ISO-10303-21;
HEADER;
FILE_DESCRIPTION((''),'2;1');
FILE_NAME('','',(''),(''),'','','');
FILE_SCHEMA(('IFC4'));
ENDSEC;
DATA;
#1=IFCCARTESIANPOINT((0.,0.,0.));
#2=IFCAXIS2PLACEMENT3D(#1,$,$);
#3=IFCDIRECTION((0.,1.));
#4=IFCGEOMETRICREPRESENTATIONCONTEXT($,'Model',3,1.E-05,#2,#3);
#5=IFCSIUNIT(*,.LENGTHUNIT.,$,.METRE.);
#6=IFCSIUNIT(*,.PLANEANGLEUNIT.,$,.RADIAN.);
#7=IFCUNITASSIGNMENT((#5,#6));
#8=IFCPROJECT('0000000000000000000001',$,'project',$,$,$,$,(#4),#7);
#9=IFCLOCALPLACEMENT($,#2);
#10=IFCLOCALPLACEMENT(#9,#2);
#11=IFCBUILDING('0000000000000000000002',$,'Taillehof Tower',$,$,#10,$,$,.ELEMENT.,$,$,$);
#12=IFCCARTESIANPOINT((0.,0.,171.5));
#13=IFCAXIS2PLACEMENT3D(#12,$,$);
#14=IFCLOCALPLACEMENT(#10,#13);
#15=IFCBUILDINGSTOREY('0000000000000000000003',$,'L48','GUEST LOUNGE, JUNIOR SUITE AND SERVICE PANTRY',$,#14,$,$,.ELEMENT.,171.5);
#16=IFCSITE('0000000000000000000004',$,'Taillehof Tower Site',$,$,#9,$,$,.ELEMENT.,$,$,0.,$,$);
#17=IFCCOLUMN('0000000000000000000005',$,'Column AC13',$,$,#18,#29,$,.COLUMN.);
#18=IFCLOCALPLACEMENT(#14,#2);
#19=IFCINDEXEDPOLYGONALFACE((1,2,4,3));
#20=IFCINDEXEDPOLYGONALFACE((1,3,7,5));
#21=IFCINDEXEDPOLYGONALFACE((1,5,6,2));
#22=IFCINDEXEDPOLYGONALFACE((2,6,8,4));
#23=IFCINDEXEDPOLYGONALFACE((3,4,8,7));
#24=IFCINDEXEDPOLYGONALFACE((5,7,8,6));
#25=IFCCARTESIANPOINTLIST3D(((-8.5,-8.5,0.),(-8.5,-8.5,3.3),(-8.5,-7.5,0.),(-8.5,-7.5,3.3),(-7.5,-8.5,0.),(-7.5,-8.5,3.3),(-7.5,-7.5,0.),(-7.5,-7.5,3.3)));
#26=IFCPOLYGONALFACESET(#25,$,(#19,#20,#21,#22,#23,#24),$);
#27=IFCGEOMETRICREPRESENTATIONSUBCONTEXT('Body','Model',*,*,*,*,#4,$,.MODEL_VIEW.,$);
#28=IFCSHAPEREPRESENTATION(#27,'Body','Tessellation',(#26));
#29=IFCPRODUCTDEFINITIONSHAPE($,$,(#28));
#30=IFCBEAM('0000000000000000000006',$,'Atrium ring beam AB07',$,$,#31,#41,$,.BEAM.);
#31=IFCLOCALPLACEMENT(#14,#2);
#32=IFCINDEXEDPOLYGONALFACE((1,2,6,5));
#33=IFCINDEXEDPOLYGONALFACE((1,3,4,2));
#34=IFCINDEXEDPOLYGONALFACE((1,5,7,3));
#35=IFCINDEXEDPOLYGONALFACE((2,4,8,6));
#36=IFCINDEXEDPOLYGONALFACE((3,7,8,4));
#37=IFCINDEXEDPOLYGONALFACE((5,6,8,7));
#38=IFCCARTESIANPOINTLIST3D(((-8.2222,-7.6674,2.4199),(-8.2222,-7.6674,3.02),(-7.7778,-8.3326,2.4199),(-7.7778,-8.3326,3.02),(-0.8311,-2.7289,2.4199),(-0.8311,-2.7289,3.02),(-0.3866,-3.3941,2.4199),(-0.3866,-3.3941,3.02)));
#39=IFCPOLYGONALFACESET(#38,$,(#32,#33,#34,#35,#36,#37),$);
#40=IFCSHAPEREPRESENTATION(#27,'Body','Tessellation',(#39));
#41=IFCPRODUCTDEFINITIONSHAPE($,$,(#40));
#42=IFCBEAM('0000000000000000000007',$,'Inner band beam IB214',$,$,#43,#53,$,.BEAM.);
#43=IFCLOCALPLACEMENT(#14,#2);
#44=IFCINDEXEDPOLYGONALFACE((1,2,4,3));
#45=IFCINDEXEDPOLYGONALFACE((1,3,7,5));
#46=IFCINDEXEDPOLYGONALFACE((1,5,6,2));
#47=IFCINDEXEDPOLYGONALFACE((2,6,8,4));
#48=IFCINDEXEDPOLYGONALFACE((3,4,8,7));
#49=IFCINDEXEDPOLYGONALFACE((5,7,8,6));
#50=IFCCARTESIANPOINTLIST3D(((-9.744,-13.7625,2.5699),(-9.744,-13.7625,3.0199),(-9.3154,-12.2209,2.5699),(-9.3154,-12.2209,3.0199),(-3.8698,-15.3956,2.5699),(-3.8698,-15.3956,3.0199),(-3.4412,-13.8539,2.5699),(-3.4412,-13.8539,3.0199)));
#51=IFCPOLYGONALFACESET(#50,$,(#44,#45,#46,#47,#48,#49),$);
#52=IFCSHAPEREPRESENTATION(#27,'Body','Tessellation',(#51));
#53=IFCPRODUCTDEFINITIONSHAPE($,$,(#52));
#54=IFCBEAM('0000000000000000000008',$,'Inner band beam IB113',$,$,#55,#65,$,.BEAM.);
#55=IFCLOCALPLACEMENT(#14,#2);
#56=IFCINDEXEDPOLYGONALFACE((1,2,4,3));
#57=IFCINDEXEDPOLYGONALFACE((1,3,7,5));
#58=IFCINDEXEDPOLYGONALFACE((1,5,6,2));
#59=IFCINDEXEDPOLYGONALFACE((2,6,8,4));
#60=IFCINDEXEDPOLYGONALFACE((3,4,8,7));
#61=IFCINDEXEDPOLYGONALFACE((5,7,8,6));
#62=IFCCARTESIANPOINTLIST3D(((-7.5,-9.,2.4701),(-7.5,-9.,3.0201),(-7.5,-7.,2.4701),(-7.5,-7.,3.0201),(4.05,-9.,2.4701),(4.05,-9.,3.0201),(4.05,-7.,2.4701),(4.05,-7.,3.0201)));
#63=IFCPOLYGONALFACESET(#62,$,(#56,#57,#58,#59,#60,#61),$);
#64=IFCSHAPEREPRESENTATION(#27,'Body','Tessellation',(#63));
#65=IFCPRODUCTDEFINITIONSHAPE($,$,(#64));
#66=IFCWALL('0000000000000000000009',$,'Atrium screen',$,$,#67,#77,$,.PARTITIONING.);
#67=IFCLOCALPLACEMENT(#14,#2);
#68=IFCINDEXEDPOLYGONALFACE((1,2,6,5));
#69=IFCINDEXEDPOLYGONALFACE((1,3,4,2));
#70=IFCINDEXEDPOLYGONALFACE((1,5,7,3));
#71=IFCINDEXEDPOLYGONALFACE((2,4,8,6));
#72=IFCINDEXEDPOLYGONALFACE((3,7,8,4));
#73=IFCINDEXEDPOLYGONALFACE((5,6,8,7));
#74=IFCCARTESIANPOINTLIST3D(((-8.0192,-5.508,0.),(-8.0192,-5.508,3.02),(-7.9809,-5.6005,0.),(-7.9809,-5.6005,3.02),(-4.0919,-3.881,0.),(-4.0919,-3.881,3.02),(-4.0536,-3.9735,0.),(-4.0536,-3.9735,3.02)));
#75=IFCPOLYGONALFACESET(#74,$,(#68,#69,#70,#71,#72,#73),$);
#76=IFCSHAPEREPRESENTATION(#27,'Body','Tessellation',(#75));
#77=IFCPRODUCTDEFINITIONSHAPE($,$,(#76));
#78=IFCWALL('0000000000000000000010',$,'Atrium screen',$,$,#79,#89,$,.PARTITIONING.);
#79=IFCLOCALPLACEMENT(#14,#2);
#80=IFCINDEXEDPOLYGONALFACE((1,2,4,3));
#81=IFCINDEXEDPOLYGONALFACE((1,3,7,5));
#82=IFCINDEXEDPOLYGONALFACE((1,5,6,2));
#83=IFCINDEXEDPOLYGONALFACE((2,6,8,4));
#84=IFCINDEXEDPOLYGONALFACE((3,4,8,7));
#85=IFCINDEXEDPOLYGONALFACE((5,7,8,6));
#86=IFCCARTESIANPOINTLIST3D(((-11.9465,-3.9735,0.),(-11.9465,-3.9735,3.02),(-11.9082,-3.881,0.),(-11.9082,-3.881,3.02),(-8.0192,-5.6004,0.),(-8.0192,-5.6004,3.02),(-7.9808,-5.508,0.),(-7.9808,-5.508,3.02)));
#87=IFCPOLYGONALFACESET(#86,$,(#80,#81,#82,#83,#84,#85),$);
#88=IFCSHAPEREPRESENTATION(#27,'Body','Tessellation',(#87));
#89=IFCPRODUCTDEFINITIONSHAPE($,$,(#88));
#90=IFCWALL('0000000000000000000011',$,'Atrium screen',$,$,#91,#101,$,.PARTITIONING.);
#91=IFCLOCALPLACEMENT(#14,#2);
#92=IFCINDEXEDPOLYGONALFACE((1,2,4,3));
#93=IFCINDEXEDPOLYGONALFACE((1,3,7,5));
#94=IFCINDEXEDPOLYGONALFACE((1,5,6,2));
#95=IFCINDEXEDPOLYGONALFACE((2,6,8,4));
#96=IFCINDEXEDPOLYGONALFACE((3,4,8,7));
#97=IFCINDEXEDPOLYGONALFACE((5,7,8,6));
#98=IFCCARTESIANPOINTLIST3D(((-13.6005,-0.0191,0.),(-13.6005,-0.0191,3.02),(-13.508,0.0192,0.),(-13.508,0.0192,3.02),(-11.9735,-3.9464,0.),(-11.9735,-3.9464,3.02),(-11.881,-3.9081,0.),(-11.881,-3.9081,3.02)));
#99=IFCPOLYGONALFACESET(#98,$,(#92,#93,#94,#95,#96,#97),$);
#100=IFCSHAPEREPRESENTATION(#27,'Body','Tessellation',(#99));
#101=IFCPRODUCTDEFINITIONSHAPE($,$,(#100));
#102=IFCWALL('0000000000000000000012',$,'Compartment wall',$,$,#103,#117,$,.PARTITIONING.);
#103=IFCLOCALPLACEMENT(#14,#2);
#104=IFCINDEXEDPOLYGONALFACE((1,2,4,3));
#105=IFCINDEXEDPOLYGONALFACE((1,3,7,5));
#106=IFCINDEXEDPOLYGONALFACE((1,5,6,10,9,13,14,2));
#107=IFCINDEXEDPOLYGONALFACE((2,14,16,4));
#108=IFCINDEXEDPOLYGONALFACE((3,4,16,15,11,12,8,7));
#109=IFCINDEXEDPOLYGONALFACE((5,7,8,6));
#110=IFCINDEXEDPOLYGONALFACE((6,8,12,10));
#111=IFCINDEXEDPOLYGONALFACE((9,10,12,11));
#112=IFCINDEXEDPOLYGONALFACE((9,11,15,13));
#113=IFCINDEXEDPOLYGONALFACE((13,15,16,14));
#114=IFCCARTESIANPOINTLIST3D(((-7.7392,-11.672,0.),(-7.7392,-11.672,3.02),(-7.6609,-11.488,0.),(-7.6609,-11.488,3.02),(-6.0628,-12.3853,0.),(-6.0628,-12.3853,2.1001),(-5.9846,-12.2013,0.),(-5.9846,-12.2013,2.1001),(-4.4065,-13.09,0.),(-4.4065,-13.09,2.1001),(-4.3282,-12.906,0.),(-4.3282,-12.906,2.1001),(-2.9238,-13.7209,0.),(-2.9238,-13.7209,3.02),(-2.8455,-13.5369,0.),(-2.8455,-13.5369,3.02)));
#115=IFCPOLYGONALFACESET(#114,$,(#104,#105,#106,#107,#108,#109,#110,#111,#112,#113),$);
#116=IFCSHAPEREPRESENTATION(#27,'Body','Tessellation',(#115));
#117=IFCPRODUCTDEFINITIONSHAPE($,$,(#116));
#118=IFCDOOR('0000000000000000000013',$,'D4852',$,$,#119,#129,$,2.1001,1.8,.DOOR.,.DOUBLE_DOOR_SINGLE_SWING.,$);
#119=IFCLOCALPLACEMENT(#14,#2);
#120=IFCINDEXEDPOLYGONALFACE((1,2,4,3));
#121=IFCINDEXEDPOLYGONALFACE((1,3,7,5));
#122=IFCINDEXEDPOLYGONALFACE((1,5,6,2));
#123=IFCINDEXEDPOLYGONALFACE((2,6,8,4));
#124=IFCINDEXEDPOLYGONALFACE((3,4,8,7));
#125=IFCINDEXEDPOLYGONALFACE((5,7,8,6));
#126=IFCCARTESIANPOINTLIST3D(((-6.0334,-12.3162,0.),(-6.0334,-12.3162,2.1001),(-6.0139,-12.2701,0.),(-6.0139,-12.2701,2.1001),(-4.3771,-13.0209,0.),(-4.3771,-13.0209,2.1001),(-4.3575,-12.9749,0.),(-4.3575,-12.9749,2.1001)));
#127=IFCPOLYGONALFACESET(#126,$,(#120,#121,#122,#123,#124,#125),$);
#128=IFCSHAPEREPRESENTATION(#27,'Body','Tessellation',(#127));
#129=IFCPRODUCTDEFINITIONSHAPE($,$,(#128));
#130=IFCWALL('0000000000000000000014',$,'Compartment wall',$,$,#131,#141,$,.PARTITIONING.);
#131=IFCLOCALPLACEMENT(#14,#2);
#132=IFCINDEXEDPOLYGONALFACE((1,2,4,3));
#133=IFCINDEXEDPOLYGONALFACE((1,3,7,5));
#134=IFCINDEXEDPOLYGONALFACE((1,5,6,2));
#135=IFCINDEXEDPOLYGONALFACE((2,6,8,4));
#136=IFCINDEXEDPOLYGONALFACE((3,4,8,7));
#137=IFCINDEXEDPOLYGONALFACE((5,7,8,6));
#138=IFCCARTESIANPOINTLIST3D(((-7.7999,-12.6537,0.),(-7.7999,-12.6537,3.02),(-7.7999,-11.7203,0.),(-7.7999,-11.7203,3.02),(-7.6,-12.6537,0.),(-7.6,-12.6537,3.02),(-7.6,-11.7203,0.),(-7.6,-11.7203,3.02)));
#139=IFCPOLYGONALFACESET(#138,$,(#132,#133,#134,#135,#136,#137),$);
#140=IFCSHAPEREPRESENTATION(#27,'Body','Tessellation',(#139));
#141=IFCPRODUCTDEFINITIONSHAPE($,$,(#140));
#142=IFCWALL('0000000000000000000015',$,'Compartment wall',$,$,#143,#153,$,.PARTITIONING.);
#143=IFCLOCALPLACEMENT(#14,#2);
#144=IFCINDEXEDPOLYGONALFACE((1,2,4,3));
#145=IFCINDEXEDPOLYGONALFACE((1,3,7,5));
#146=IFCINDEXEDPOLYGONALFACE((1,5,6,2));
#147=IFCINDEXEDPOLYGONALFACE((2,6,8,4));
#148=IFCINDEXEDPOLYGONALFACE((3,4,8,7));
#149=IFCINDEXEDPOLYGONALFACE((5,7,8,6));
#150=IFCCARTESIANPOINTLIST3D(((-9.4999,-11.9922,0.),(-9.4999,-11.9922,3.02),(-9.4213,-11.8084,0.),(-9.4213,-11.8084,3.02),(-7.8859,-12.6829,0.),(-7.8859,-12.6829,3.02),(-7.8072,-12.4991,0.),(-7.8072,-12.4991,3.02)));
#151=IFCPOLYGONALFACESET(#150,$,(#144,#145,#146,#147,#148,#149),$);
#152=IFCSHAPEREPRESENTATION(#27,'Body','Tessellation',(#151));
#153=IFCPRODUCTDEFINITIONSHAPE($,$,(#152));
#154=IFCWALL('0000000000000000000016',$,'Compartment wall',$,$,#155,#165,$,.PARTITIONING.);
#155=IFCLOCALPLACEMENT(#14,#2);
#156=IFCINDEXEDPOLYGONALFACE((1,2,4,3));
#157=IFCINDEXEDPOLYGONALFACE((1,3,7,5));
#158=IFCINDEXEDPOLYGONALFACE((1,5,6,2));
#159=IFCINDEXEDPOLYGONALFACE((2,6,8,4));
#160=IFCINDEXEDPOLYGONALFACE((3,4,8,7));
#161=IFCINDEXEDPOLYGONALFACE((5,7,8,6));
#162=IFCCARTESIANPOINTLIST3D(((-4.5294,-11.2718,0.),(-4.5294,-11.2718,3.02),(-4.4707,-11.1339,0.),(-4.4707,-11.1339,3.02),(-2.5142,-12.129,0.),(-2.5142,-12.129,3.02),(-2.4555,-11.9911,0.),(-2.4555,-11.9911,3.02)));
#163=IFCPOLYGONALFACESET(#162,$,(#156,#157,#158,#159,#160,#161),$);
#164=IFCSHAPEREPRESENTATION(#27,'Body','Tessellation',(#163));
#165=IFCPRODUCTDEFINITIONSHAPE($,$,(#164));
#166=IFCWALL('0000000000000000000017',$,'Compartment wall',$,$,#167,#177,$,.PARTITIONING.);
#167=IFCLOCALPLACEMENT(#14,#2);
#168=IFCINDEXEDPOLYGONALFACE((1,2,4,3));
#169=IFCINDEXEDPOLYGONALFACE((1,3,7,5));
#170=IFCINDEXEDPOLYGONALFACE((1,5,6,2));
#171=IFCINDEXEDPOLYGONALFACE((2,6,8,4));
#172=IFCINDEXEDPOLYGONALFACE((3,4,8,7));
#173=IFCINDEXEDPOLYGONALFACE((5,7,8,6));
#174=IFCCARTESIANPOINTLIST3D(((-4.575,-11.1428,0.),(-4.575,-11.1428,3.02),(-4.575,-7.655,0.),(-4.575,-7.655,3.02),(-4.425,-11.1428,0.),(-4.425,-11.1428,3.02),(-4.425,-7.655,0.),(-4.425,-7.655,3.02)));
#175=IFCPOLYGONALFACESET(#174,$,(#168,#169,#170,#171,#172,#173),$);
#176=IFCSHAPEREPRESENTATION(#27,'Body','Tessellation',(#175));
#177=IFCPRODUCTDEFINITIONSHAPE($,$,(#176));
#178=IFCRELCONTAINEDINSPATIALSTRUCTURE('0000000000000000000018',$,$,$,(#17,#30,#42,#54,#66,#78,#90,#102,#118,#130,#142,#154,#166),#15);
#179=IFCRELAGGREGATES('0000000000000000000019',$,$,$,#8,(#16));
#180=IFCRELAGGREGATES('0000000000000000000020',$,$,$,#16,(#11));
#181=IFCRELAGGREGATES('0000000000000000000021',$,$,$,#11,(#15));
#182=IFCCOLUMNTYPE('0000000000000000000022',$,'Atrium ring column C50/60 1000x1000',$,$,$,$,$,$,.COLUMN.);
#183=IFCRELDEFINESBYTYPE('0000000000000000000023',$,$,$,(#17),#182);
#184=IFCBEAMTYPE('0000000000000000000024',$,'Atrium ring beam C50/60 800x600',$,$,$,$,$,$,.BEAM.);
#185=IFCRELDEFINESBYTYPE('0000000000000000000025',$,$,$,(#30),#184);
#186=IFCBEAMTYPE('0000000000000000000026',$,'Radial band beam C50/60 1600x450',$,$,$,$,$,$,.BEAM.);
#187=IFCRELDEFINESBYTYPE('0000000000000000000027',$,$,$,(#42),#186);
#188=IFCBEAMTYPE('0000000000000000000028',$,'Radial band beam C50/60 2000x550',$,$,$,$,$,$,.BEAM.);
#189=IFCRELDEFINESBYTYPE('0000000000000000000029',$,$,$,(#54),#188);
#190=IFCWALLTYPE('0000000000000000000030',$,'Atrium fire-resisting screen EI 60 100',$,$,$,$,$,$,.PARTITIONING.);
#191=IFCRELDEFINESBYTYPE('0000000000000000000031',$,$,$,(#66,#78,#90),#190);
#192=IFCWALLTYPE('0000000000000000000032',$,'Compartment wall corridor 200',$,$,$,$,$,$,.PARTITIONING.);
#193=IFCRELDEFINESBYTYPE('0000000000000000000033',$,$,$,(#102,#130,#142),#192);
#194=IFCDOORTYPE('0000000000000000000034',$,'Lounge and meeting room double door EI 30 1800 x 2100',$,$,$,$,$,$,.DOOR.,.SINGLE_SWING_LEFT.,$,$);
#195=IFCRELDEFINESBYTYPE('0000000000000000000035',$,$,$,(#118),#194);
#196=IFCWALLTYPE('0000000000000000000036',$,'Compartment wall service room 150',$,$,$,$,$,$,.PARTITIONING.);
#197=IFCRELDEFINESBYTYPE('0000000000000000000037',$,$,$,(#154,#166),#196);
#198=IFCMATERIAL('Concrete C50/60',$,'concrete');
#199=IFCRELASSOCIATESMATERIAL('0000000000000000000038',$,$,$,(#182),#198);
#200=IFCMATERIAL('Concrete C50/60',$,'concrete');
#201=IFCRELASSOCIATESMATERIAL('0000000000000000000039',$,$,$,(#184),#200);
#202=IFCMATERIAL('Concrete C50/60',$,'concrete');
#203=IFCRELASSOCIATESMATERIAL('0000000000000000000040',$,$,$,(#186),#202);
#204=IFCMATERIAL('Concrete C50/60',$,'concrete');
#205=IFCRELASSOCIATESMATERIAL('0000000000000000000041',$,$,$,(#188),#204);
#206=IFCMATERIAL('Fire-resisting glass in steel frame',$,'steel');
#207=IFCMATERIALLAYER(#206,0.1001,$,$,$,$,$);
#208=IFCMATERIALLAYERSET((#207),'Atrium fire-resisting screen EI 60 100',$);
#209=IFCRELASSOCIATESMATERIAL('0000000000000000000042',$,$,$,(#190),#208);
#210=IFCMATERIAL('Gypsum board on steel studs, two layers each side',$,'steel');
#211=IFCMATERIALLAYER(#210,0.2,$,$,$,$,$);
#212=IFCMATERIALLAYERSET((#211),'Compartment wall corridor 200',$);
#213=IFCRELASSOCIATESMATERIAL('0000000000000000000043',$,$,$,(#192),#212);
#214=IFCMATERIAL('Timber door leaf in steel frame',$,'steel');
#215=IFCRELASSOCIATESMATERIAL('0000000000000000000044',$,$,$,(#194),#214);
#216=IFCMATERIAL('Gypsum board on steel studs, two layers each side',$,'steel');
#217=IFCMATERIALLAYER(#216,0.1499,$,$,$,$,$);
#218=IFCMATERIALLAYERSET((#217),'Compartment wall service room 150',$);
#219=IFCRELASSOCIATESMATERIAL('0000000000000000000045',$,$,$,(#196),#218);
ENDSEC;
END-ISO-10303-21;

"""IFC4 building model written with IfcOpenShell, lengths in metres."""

from ifc_helpers import new_model, si_unit, direction, frame, frame_2d, origin, origin_2d, place, context, subcontext, project, spatial, rectangle, extrude, material, layer, layer_set, material_profile, profile_set, type_object, element, fill, save


model = new_model("IFC4")

# Units and contexts
model_context = context("Model", 3, precision=1e-05, world=origin(), true_north=direction((0.0, 1.0)))
body_context = subcontext(model_context, "Body", "Model", "MODEL_VIEW")
ifc_project = project(units=[si_unit("LENGTHUNIT", "METRE"), si_unit("PLANEANGLEUNIT", "RADIAN")], contexts=[model_context])

# Site, building, storey
site_placement = place(None, origin())
site = spatial("IfcSite", under=ifc_project, at=site_placement, Name="Taillehof Tower Site", CompositionType="ELEMENT", RefElevation=0.0)
building_placement = place(site_placement, origin())
building = spatial("IfcBuilding", under=site, at=building_placement, Name="Taillehof Tower", CompositionType="ELEMENT")
storey_placement = place(building_placement, frame((0.0, 0.0, 171.5)))
storey = spatial("IfcBuildingStorey", under=building, at=storey_placement, Name="L48", Description="GUEST LOUNGE, JUNIOR SUITE AND SERVICE PANTRY", CompositionType="ELEMENT", Elevation=171.5)

# Column
ifc_material_1 = material(Name="Concrete C50/60", Category="concrete")
ifc_material_profile_1 = material_profile(ifc_material_1, rectangle(XDim=1.0, YDim=1.0, at=origin_2d()), Name="RC 1000x1000")
ifc_profile_set_1 = profile_set([ifc_material_profile_1], Name="Concrete C50/60")
column_type = type_object("IfcColumnType", Name="Atrium ring column C50/60 1000x1000", PredefinedType="COLUMN", material=ifc_profile_set_1)
column_placement = place(storey_placement, frame((-8.0, -8.0, 0.0), z_axis=(0.0, 0.0, 1.0), x_axis=(1.0, 0.0, 0.0)))
element("IfcColumn", 1, at=column_placement, inside=storey, type_object=column_type, Name="Column AC13", PredefinedType="COLUMN", context=body_context, shape_type="SweptSolid", body=[
    extrude(rectangle(XDim=1.0, YDim=1.0, at=origin_2d()), origin(), (0.0, 0.0, 1.0), 3.3),
])

# Beams
ifc_material_2 = material(Name="Concrete C50/60", Category="concrete")
ifc_material_profile_2 = material_profile(ifc_material_2, rectangle(XDim=0.8, YDim=0.6001, at=origin_2d()), Name="RC 800x600")
ifc_profile_set_2 = profile_set([ifc_material_profile_2], Name="Concrete C50/60")
beam_type_1 = type_object("IfcBeamType", Name="Atrium ring beam C50/60 800x600", PredefinedType="BEAM", material=ifc_profile_set_2)
beam_1_placement = place(storey_placement, frame((-8.0, -8.0, 2.72), z_axis=(0.831475, 0.555562, 0.0), x_axis=(-0.555562, 0.831475, 0.0)))
element("IfcBeam", 2, at=beam_1_placement, inside=storey, type_object=beam_type_1, Name="Atrium ring beam AB07", PredefinedType="BEAM", context=body_context, shape_type="SweptSolid", body=[
    extrude(rectangle(XDim=0.8, YDim=0.6001, at=origin_2d()), origin(), (0.0, 0.0, 1.0), 8.8892),
])
ifc_material_3 = material(Name="Concrete C50/60", Category="concrete")
ifc_material_profile_3 = material_profile(ifc_material_3, rectangle(XDim=1.6001, YDim=0.45, at=origin_2d()), Name="RC 1600x450")
ifc_profile_set_3 = profile_set([ifc_material_profile_3], Name="Concrete C50/60")
beam_type_2 = type_object("IfcBeamType", Name="Radial band beam C50/60 1600x450", PredefinedType="BEAM", material=ifc_profile_set_3)
beam_2_placement = place(storey_placement, frame((-3.6555, -14.6248, 2.7949), z_axis=(-0.963459, 0.267855, 0.0), x_axis=(-0.267855, -0.963459, 0.0)))
element("IfcBeam", 3, at=beam_2_placement, inside=storey, type_object=beam_type_2, Name="Inner band beam IB214", PredefinedType="BEAM", context=body_context, shape_type="SweptSolid", body=[
    extrude(rectangle(XDim=1.6001, YDim=0.45, at=origin_2d()), origin(), (0.0, 0.0, 1.0), 6.0969),
])
ifc_material_4 = material(Name="Concrete C50/60", Category="concrete")
ifc_material_profile_4 = material_profile(ifc_material_4, rectangle(XDim=2.0, YDim=0.55, at=origin_2d()), Name="RC 2000x550")
ifc_profile_set_4 = profile_set([ifc_material_profile_4], Name="Concrete C50/60")
beam_type_3 = type_object("IfcBeamType", Name="Radial band beam C50/60 2000x550", PredefinedType="BEAM", material=ifc_profile_set_4)
beam_3_placement = place(storey_placement, frame((-7.5, -8.0, 2.7451), z_axis=(1.0, 0.0, 0.0), x_axis=(0.0, 1.0, 0.0)))
element("IfcBeam", 4, at=beam_3_placement, inside=storey, type_object=beam_type_3, Name="Inner band beam IB113", PredefinedType="BEAM", context=body_context, shape_type="SweptSolid", body=[
    extrude(rectangle(XDim=2.0, YDim=0.55, at=origin_2d()), origin(), (0.0, 0.0, 1.0), 11.55),
])

# Walls
ifc_material_5 = material(Name="Fire-resisting glass in steel frame", Category="steel")
ifc_layer_1 = layer(ifc_material_5, 0.1001)
ifc_layer_set_1 = layer_set([ifc_layer_1], Name="Atrium fire-resisting screen EI 60 100")
wall_type_1 = type_object("IfcWallType", Name="Atrium fire-resisting screen EI 60 100", PredefinedType="PARTITIONING", material=ifc_layer_set_1)
for number, where, z_axis, x_axis, name in (
    (5, (-4.0728, -3.9272, 0.0), (0.0, 0.0, 1.0), (-0.92386, -0.382731, 0.0), "Atrium screen"),
    (6, (-8.0, -5.5542, 0.0), (0.0, 0.0, 1.0), (-0.92386, 0.382731, 0.0), "Atrium screen"),
    (7, (-11.9272, -3.9272, 0.0), (0.0, 0.0, 1.0), (-0.382731, 0.92386, 0.0), "Atrium screen"),
):
    element("IfcWall", number, at=place(storey_placement, frame(where, z_axis=z_axis, x_axis=x_axis)), inside=storey, type_object=wall_type_1, Name=name, PredefinedType="PARTITIONING", context=body_context, shape_type="SweptSolid", body=[
        extrude(rectangle(XDim=4.251, YDim=0.1001, at=frame_2d((2.1255, 0.0))), origin(), (0.0, 0.0, 1.0), 3.02),
    ])

# Wall, opening, door
ifc_material_6 = material(Name="Gypsum board on steel studs, two layers each side", Category="steel")
ifc_layer_2 = layer(ifc_material_6, 0.2)
ifc_layer_set_2 = layer_set([ifc_layer_2], Name="Compartment wall corridor 200")
wall_type_2 = type_object("IfcWallType", Name="Compartment wall corridor 200", PredefinedType="PARTITIONING", material=ifc_layer_set_2)
wall_1_placement = place(storey_placement, frame((-2.8845, -13.6289, 0.0), z_axis=(0.0, 0.0, 1.0), x_axis=(-0.920175, 0.391508, 0.0)))
wall_1 = element("IfcWall", 8, at=wall_1_placement, inside=storey, type_object=wall_type_2, Name="Compartment wall", PredefinedType="PARTITIONING", context=body_context, shape_type="SweptSolid", body=[
    extrude(rectangle(XDim=5.2332, YDim=0.2, at=frame_2d((2.6167, 0.0))), origin(), (0.0, 0.0, 1.0), 3.02),
])
opening_1_placement = place(wall_1_placement, frame((1.6116, 0.0, 0.0)))
opening_1 = element("IfcOpeningElement", 9, at=opening_1_placement, cuts=wall_1, PredefinedType="OPENING", context=body_context, shape_type="SweptSolid", body=[
    extrude(rectangle(XDim=1.8, YDim=2.1001, at=frame_2d((0.8999, 1.05))), frame((0.0, 0.1099, 0.0), z_axis=(0.0, -1.0, 0.0), x_axis=(1.0, 0.0, 0.0)), (0.0, 0.0, 1.0), 0.22),
])
ifc_material_7 = material(Name="Timber door leaf in steel frame", Category="steel")
door_type_1 = type_object("IfcDoorType", Name="Lounge and meeting room double door EI 30 1800 x 2100", OperationType="SINGLE_SWING_LEFT", PredefinedType="DOOR", material=ifc_material_7)
door_1_placement = place(opening_1_placement, origin())
door_1 = element("IfcDoor", 10, at=door_1_placement, inside=storey, type_object=door_type_1, Name="D4852", OperationType="DOUBLE_DOOR_SINGLE_SWING", OverallHeight=2.1001, OverallWidth=1.8, PredefinedType="DOOR", context=body_context, shape_type="SweptSolid", body=[
    extrude(rectangle(XDim=1.8, YDim=2.1001, at=frame_2d((0.8999, 1.05))), frame((0.0, 0.0249, 0.0), z_axis=(0.0, -1.0, 0.0), x_axis=(1.0, 0.0, 0.0)), (0.0, 0.0, 1.0), 0.05),
])
fill(opening_1, door_1)

# Walls
wall_2_placement = place(storey_placement, frame((-7.7, -11.7202, 0.0), z_axis=(0.0, 0.0, 1.0), x_axis=(0.0, -1.0, 0.0)))
element("IfcWall", 11, at=wall_2_placement, inside=storey, type_object=wall_type_2, Name="Compartment wall", PredefinedType="PARTITIONING", context=body_context, shape_type="SweptSolid", body=[
    extrude(rectangle(XDim=0.9333, YDim=0.2, at=frame_2d((0.4668, 0.0))), origin(), (0.0, 0.0, 1.0), 3.02),
])
wall_3_placement = place(storey_placement, frame((-7.8464, -12.5911, 0.0), z_axis=(0.0, 0.0, 1.0), x_axis=(-0.919361, 0.393416, 0.0)))
element("IfcWall", 12, at=wall_3_placement, inside=storey, type_object=wall_type_2, Name="Compartment wall", PredefinedType="PARTITIONING", context=body_context, shape_type="SweptSolid", body=[
    extrude(rectangle(XDim=1.7556, YDim=0.2, at=frame_2d((0.8779, 0.0))), origin(), (0.0, 0.0, 1.0), 3.02),
])
ifc_material_8 = material(Name="Gypsum board on steel studs, two layers each side", Category="steel")
ifc_layer_3 = layer(ifc_material_8, 0.1499)
ifc_layer_set_3 = layer_set([ifc_layer_3], Name="Compartment wall service room 150")
wall_type_3 = type_object("IfcWallType", Name="Compartment wall service room 150", PredefinedType="PARTITIONING", material=ifc_layer_set_3)
wall_4_placement = place(storey_placement, frame((-2.4849, -12.0601, 0.0), z_axis=(0.0, 0.0, 1.0), x_axis=(-0.920208, 0.391429, 0.0)))
element("IfcWall", 13, at=wall_4_placement, inside=storey, type_object=wall_type_3, Name="Compartment wall", PredefinedType="PARTITIONING", context=body_context, shape_type="SweptSolid", body=[
    extrude(rectangle(XDim=2.1899, YDim=0.1499, at=frame_2d((1.095, 0.0))), origin(), (0.0, 0.0, 1.0), 3.02),
])
wall_5_placement = place(storey_placement, frame((-4.5, -11.1428, 0.0), z_axis=(0.0, 0.0, 1.0), x_axis=(0.0, 1.0, 0.0)))
element("IfcWall", 14, at=wall_5_placement, inside=storey, type_object=wall_type_3, Name="Compartment wall", PredefinedType="PARTITIONING", context=body_context, shape_type="SweptSolid", body=[
    extrude(rectangle(XDim=3.4878, YDim=0.1499, at=frame_2d((1.7439, 0.0))), origin(), (0.0, 0.0, 1.0), 3.02),
])

save(model, "model.ifc")
